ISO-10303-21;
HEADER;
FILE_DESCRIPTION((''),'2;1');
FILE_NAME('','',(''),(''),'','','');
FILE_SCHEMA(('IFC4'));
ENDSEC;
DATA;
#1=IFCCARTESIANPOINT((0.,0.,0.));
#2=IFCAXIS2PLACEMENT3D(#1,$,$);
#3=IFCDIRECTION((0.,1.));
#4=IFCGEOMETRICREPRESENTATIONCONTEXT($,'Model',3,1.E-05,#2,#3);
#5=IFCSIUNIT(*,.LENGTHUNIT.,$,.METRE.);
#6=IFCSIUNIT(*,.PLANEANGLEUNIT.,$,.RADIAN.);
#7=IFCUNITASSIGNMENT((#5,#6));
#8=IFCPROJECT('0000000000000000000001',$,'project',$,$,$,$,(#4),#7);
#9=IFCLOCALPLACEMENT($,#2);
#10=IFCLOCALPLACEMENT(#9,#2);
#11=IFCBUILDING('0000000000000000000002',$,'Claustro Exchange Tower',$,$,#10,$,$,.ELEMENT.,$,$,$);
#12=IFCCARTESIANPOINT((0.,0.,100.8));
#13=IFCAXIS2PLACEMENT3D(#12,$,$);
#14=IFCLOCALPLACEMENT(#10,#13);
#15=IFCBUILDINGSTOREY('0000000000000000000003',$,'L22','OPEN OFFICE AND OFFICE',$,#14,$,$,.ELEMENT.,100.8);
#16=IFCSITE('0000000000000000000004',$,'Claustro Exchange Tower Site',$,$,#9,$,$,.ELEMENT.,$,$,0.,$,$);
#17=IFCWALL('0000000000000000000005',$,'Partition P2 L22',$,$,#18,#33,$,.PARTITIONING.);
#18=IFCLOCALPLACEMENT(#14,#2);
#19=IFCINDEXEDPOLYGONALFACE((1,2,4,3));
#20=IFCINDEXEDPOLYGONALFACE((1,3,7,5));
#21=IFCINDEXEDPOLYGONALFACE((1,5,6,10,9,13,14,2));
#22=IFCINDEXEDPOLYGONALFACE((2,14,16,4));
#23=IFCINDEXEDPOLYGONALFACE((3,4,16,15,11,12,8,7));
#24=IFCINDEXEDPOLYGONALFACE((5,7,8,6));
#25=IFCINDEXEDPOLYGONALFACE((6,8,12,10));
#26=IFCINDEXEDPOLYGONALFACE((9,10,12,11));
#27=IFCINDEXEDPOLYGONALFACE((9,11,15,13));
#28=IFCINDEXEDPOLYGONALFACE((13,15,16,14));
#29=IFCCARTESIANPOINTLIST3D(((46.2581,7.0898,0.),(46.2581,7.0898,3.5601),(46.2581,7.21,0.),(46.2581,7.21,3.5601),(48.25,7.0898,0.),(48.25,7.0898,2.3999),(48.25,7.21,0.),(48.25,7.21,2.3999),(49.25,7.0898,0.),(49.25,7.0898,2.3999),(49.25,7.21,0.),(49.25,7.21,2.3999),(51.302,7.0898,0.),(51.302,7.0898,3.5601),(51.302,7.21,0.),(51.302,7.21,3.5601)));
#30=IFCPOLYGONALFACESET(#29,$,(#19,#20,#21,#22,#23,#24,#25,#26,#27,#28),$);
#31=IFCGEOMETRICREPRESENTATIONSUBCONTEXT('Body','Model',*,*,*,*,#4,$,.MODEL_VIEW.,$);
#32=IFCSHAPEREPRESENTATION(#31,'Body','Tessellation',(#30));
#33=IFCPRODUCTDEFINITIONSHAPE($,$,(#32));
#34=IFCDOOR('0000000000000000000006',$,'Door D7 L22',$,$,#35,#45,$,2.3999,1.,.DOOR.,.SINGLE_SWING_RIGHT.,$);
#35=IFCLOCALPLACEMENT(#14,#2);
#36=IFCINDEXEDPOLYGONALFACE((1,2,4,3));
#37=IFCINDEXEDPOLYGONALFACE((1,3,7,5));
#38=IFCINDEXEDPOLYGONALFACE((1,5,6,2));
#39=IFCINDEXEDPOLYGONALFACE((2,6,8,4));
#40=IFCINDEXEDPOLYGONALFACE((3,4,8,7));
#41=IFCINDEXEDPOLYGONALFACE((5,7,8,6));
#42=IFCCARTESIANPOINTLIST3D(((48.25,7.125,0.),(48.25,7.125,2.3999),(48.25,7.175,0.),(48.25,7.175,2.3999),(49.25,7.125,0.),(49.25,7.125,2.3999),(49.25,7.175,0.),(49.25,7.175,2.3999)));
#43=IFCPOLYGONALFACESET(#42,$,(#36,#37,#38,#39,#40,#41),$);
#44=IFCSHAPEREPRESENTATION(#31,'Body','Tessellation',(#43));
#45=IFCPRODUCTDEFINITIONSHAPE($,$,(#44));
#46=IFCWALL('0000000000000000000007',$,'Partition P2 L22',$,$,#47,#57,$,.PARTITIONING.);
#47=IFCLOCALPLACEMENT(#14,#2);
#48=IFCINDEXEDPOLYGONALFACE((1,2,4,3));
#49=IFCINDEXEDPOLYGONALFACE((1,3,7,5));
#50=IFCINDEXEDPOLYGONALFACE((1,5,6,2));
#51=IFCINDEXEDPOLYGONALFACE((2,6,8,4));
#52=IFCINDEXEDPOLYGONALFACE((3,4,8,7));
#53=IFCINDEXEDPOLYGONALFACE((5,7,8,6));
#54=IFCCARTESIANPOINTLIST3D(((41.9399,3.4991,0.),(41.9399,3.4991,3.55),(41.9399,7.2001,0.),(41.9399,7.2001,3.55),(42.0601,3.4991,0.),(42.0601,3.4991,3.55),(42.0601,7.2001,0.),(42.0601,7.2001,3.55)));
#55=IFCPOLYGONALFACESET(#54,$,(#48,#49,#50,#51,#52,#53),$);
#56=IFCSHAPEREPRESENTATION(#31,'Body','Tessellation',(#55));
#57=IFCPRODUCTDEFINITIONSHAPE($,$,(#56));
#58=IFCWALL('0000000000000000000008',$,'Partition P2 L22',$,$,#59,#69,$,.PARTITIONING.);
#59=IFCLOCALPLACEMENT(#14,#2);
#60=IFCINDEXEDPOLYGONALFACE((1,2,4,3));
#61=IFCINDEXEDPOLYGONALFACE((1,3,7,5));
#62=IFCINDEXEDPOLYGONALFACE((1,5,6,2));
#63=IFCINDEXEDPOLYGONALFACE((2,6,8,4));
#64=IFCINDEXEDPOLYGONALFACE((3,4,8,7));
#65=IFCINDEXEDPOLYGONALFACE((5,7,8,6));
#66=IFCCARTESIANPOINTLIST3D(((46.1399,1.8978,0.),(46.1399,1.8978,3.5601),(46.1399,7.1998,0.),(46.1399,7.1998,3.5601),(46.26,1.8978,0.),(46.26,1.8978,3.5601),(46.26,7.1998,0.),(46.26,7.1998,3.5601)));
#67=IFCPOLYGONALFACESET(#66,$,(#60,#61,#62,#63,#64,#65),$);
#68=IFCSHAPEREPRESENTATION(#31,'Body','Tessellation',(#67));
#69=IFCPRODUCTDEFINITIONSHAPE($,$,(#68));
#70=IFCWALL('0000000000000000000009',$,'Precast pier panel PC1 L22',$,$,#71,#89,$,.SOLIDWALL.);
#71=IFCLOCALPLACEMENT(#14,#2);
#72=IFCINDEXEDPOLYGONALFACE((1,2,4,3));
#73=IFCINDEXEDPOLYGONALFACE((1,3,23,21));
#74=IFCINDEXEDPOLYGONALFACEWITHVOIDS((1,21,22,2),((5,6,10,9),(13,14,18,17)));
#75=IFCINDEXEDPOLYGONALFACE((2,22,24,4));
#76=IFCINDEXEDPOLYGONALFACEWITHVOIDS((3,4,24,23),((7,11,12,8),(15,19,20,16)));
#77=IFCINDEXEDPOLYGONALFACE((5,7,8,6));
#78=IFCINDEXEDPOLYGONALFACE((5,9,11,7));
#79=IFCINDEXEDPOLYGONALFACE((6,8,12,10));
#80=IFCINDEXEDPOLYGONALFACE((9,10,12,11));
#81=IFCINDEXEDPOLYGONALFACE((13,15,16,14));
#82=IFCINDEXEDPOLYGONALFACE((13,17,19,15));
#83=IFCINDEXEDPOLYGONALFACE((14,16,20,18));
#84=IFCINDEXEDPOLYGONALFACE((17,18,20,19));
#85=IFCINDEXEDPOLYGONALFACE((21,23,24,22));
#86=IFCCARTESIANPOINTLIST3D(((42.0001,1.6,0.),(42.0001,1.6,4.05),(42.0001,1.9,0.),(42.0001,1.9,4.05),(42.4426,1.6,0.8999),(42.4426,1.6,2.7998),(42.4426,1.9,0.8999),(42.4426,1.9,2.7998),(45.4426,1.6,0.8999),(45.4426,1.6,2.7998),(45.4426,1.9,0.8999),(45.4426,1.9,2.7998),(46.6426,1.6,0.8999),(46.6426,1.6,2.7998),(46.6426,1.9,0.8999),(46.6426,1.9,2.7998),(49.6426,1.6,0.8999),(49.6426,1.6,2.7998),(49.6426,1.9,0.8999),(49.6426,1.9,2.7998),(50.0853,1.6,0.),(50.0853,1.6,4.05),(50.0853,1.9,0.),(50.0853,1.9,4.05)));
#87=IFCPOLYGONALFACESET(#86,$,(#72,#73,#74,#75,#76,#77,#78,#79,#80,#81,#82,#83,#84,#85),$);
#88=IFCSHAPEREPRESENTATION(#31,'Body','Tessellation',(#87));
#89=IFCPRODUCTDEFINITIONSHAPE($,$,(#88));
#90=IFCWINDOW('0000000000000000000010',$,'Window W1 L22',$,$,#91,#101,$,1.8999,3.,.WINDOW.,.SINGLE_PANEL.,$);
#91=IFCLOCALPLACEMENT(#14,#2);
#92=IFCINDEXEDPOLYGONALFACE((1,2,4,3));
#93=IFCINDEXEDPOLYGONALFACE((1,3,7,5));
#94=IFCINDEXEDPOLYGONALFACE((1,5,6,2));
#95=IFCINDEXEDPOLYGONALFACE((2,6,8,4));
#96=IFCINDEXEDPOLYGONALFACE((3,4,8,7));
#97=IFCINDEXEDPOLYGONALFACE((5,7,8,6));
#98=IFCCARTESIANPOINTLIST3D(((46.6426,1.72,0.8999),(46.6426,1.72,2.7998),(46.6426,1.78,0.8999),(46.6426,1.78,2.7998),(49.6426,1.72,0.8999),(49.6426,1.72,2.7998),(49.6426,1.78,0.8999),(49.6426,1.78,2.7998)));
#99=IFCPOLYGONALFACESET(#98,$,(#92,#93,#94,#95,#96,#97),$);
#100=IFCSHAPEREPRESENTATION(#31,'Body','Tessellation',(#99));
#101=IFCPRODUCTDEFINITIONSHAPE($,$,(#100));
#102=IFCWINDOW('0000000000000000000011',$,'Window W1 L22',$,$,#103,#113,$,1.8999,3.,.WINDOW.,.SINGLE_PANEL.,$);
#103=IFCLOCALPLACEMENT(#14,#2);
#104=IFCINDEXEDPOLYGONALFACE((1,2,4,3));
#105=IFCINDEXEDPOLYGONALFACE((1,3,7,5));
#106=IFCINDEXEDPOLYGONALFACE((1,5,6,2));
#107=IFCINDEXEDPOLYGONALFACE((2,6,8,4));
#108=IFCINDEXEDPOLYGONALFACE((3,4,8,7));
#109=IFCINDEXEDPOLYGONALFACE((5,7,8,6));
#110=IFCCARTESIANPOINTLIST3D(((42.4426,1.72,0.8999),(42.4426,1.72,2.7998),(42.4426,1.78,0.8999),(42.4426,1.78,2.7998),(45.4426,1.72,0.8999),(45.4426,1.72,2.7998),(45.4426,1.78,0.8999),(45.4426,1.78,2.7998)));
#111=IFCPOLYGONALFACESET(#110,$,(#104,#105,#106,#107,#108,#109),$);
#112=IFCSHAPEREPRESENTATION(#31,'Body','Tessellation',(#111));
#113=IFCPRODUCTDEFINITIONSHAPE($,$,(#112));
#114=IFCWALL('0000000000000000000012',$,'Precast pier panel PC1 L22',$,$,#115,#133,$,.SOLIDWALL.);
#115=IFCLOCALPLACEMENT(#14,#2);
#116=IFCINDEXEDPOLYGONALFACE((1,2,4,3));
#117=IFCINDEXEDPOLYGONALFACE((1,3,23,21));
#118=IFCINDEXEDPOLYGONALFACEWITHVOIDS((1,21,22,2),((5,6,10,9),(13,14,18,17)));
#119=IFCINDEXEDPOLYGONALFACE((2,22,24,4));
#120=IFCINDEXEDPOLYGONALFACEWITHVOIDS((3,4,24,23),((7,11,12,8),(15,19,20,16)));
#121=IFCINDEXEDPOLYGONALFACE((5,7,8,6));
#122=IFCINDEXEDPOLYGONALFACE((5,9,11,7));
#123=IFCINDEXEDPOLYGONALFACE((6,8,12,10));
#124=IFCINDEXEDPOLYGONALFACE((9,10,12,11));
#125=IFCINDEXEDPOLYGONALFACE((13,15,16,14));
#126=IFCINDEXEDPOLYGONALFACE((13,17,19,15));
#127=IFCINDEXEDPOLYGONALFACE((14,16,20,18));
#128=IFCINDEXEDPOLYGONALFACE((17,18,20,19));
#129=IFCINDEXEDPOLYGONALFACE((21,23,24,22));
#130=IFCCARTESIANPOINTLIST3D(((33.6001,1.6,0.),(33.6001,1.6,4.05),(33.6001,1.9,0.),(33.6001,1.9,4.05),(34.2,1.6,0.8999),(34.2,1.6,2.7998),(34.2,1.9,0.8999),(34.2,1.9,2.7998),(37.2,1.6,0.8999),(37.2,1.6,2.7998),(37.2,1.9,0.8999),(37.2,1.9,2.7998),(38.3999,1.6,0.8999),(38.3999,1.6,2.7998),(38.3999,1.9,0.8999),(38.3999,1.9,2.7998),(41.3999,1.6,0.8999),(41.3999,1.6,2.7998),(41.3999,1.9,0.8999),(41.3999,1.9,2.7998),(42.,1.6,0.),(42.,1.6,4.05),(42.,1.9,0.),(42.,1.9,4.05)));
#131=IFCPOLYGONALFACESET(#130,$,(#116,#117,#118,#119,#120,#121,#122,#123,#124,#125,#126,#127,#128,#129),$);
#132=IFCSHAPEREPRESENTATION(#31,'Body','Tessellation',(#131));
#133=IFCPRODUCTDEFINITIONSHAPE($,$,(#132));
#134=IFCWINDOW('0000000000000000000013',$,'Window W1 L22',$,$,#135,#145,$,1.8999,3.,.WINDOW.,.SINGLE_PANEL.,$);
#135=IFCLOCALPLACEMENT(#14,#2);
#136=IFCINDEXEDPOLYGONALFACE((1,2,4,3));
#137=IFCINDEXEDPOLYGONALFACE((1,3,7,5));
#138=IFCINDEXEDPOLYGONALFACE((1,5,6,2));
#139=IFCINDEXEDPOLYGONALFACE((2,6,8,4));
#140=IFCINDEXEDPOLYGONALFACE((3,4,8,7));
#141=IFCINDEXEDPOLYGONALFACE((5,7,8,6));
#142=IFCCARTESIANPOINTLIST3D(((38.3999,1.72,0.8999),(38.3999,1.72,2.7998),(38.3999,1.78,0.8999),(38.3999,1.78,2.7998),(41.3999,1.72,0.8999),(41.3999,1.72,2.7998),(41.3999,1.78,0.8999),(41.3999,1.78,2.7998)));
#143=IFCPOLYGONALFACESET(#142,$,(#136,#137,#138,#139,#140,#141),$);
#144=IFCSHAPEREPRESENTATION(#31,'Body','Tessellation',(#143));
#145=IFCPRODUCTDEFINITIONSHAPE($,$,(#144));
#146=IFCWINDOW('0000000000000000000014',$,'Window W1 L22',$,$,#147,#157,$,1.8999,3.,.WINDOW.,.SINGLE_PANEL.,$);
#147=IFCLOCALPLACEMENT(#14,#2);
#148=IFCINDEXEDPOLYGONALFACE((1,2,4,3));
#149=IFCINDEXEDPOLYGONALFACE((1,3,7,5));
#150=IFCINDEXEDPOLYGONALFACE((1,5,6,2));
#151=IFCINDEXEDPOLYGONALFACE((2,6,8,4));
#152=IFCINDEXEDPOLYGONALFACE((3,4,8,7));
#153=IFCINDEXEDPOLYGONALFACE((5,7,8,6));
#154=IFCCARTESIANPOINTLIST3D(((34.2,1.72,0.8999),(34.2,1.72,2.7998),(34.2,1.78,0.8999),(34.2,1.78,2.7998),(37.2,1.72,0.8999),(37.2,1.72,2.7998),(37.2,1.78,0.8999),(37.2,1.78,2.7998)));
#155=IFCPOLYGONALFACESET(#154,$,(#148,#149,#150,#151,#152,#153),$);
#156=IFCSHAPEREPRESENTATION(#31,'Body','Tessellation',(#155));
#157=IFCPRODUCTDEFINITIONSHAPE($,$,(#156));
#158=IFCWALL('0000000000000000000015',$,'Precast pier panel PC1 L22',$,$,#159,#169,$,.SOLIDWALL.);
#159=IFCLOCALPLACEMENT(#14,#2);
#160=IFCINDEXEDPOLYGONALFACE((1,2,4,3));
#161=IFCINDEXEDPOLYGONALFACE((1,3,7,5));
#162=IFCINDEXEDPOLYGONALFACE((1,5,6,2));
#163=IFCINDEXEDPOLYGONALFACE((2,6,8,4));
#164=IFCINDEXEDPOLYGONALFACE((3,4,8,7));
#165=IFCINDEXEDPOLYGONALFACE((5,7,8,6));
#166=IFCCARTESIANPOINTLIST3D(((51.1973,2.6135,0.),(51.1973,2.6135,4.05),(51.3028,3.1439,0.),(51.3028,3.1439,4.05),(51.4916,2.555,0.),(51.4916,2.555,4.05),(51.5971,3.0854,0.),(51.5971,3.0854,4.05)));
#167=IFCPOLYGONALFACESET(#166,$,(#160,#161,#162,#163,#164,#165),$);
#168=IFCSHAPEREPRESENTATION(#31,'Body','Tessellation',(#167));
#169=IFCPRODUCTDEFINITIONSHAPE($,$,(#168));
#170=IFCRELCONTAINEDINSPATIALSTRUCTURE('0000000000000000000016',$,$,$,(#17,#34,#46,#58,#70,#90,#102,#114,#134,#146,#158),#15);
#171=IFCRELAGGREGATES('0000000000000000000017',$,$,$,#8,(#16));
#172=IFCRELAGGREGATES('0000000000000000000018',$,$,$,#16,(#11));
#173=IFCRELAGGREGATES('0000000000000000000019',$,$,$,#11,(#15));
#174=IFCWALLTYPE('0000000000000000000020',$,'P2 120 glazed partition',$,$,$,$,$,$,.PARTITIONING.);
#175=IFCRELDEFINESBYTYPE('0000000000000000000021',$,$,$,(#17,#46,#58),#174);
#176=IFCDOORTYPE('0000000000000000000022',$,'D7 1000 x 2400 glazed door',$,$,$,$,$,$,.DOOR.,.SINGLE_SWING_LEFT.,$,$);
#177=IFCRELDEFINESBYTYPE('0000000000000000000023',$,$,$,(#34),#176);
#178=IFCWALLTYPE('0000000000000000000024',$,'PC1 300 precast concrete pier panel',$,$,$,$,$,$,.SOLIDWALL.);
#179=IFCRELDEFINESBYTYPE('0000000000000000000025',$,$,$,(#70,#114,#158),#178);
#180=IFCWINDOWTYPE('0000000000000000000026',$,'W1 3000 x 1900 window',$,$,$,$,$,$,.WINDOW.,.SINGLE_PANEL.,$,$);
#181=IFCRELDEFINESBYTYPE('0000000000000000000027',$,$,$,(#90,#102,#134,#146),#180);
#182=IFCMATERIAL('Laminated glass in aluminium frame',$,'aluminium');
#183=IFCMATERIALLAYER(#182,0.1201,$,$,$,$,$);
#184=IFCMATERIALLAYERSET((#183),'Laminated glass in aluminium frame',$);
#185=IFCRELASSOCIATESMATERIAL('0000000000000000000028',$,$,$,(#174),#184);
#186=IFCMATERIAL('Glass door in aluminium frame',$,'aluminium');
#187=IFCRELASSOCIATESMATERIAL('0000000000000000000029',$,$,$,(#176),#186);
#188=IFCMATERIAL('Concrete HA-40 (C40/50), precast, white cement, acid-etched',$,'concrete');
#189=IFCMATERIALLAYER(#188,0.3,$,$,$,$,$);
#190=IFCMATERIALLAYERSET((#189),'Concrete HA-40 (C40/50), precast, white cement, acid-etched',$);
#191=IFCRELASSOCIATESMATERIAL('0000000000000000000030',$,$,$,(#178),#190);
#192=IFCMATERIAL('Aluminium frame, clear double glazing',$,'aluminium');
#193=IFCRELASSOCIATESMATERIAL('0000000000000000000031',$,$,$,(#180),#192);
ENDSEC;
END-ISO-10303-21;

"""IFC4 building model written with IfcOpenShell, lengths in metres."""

from ifc_helpers import new_model, si_unit, direction, frame, frame_2d, origin, place, context, subcontext, project, spatial, rectangle, extrude, material, layer, layer_set, type_object, element, fill, save


model = new_model("IFC4")

# Units and contexts
model_context = context("Model", 3, precision=1e-05, world=origin(), true_north=direction((0.0, 1.0)))
body_context = subcontext(model_context, "Body", "Model", "MODEL_VIEW")
ifc_project = project(units=[si_unit("LENGTHUNIT", "METRE"), si_unit("PLANEANGLEUNIT", "RADIAN")], contexts=[model_context])

# Site, building, storey
site_placement = place(None, origin())
site = spatial("IfcSite", under=ifc_project, at=site_placement, Name="Claustro Exchange Tower Site", CompositionType="ELEMENT", RefElevation=0.0)
building_placement = place(site_placement, origin())
building = spatial("IfcBuilding", under=site, at=building_placement, Name="Claustro Exchange Tower", CompositionType="ELEMENT")
storey_placement = place(building_placement, frame((0.0, 0.0, 100.8)))
storey = spatial("IfcBuildingStorey", under=building, at=storey_placement, Name="L22", Description="OPEN OFFICE AND OFFICE", CompositionType="ELEMENT", Elevation=100.8)

# Wall, opening, door
ifc_material_1 = material(Name="Laminated glass in aluminium frame", Category="aluminium")
ifc_layer_1 = layer(ifc_material_1, 0.1201)
ifc_layer_set_1 = layer_set([ifc_layer_1], Name="Laminated glass in aluminium frame")
wall_type_1 = type_object("IfcWallType", Name="P2 120 glazed partition", PredefinedType="PARTITIONING", material=ifc_layer_set_1)
ifc_material_2 = material(Name="Glass door in aluminium frame", Category="aluminium")
door_type = type_object("IfcDoorType", Name="D7 1000 x 2400 glazed door", OperationType="SINGLE_SWING_LEFT", PredefinedType="DOOR", material=ifc_material_2)
wall_1_placement = place(storey_placement, frame((46.2581, 7.1499, 0.0), z_axis=(0.0, 0.0, 1.0), x_axis=(1.0, 0.0, 0.0)))
wall_1 = element("IfcWall", 1, at=wall_1_placement, inside=storey, type_object=wall_type_1, Name="Partition P2 L22", PredefinedType="PARTITIONING", context=body_context, shape_type="SweptSolid", body=[
    extrude(rectangle(XDim=5.0439, YDim=0.1201, at=frame_2d((2.522, 0.0))), origin(), (0.0, 0.0, 1.0), 3.5601),
])
opening_1_placement = place(wall_1_placement, frame((1.9919, 0.0, 0.0)))
opening_1 = element("IfcOpeningElement", 2, at=opening_1_placement, cuts=wall_1, PredefinedType="OPENING", context=body_context, shape_type="SweptSolid", body=[
    extrude(rectangle(XDim=1.0, YDim=2.3999, at=frame_2d((0.5, 1.2))), frame((0.0, 0.0701, 0.0), z_axis=(0.0, -1.0, 0.0), x_axis=(1.0, 0.0, 0.0)), (0.0, 0.0, 1.0), 0.1401),
])
door_1_placement = place(opening_1_placement, frame((1.0, 0.0, 0.0), z_axis=(0.0, 0.0, 1.0), x_axis=(-1.0, 0.0, 0.0)))
door_1 = element("IfcDoor", 3, at=door_1_placement, inside=storey, type_object=door_type, Name="Door D7 L22", OperationType="SINGLE_SWING_RIGHT", OverallHeight=2.3999, OverallWidth=1.0, PredefinedType="DOOR", context=body_context, shape_type="SweptSolid", body=[
    extrude(rectangle(XDim=1.0, YDim=2.3999, at=frame_2d((0.5, 1.2))), frame((0.0, 0.0249, 0.0), z_axis=(0.0, -1.0, 0.0), x_axis=(1.0, 0.0, 0.0)), (0.0, 0.0, 1.0), 0.05),
])
fill(opening_1, door_1)

# Walls
wall_2_placement = place(storey_placement, frame((42.0, 3.499, 0.0), z_axis=(0.0, 0.0, 1.0), x_axis=(0.0, 1.0, 0.0)))
element("IfcWall", 4, at=wall_2_placement, inside=storey, type_object=wall_type_1, Name="Partition P2 L22", PredefinedType="PARTITIONING", context=body_context, shape_type="SweptSolid", body=[
    extrude(rectangle(XDim=3.7009, YDim=0.1201, at=frame_2d((1.8506, 0.0))), origin(), (0.0, 0.0, 1.0), 3.55),
])
wall_3_placement = place(storey_placement, frame((46.2, 1.8979, 0.0), z_axis=(0.0, 0.0, 1.0), x_axis=(0.0, 1.0, 0.0)))
element("IfcWall", 5, at=wall_3_placement, inside=storey, type_object=wall_type_1, Name="Partition P2 L22", PredefinedType="PARTITIONING", context=body_context, shape_type="SweptSolid", body=[
    extrude(rectangle(XDim=5.302, YDim=0.1201, at=frame_2d((2.6509, 0.0))), origin(), (0.0, 0.0, 1.0), 3.5601),
])

# Walls, openings, windows
ifc_material_3 = material(Name="Concrete HA-40 (C40/50), precast, white cement, acid-etched", Category="concrete")
ifc_layer_2 = layer(ifc_material_3, 0.3)
ifc_layer_set_2 = layer_set([ifc_layer_2], Name="Concrete HA-40 (C40/50), precast, white cement, acid-etched")
wall_type_2 = type_object("IfcWallType", Name="PC1 300 precast concrete pier panel", PredefinedType="SOLIDWALL", material=ifc_layer_set_2)
wall_4_placement = place(storey_placement, frame((50.0852, 1.75, 0.0), z_axis=(0.0, 0.0, 1.0), x_axis=(-1.0, 0.0, 0.0)))
wall_4 = element("IfcWall", 6, at=wall_4_placement, inside=storey, type_object=wall_type_2, Name="Precast pier panel PC1 L22", PredefinedType="SOLIDWALL", context=body_context, shape_type="SweptSolid", body=[
    extrude(rectangle(XDim=8.0852, YDim=0.3, at=frame_2d((4.0425, 0.0))), origin(), (0.0, 0.0, 1.0), 4.05),
])
opening_2_placement = place(wall_4_placement, frame((0.4426, 0.0, 0.8999)))
opening_2 = element("IfcOpeningElement", 7, at=opening_2_placement, cuts=wall_4, PredefinedType="OPENING", context=body_context, shape_type="SweptSolid", body=[
    extrude(rectangle(XDim=3.0, YDim=1.8999, at=frame_2d((1.5, 0.95))), frame((0.0, 0.1599, 0.0), z_axis=(0.0, -1.0, 0.0), x_axis=(1.0, 0.0, 0.0)), (0.0, 0.0, 1.0), 0.3201),
])
opening_3_placement = place(wall_4_placement, frame((4.6426, 0.0, 0.8999)))
opening_3 = element("IfcOpeningElement", 8, at=opening_3_placement, cuts=wall_4, PredefinedType="OPENING", context=body_context, shape_type="SweptSolid", body=[
    extrude(rectangle(XDim=3.0, YDim=1.8999, at=frame_2d((1.5, 0.95))), frame((0.0, 0.1599, 0.0), z_axis=(0.0, -1.0, 0.0), x_axis=(1.0, 0.0, 0.0)), (0.0, 0.0, 1.0), 0.3201),
])
ifc_material_4 = material(Name="Aluminium frame, clear double glazing", Category="aluminium")
window_type = type_object("IfcWindowType", Name="W1 3000 x 1900 window", PartitioningType="SINGLE_PANEL", PredefinedType="WINDOW", material=ifc_material_4)
window_1_placement = place(opening_2_placement, origin())
window_1 = element("IfcWindow", 9, at=window_1_placement, inside=storey, type_object=window_type, Name="Window W1 L22", OverallHeight=1.8999, OverallWidth=3.0, PartitioningType="SINGLE_PANEL", PredefinedType="WINDOW", context=body_context, shape_type="SweptSolid", body=[
    extrude(rectangle(XDim=3.0, YDim=1.8999, at=frame_2d((1.5, 0.95))), frame((0.0, 0.03, 0.0), z_axis=(0.0, -1.0, 0.0), x_axis=(1.0, 0.0, 0.0)), (0.0, 0.0, 1.0), 0.0601),
])
fill(opening_2, window_1)
window_2_placement = place(opening_3_placement, origin())
window_2 = element("IfcWindow", 10, at=window_2_placement, inside=storey, type_object=window_type, Name="Window W1 L22", OverallHeight=1.8999, OverallWidth=3.0, PartitioningType="SINGLE_PANEL", PredefinedType="WINDOW", context=body_context, shape_type="SweptSolid", body=[
    extrude(rectangle(XDim=3.0, YDim=1.8999, at=frame_2d((1.5, 0.95))), frame((0.0, 0.03, 0.0), z_axis=(0.0, -1.0, 0.0), x_axis=(1.0, 0.0, 0.0)), (0.0, 0.0, 1.0), 0.0601),
])
fill(opening_3, window_2)
wall_5_placement = place(storey_placement, frame((42.0, 1.75, 0.0), z_axis=(0.0, 0.0, 1.0), x_axis=(-1.0, 0.0, 0.0)))
wall_5 = element("IfcWall", 11, at=wall_5_placement, inside=storey, type_object=wall_type_2, Name="Precast pier panel PC1 L22", PredefinedType="SOLIDWALL", context=body_context, shape_type="SweptSolid", body=[
    extrude(rectangle(XDim=8.3999, YDim=0.3, at=frame_2d((4.2, 0.0))), origin(), (0.0, 0.0, 1.0), 4.05),
])
opening_4_placement = place(wall_5_placement, frame((0.6001, 0.0, 0.8999)))
opening_4 = element("IfcOpeningElement", 12, at=opening_4_placement, cuts=wall_5, PredefinedType="OPENING", context=body_context, shape_type="SweptSolid", body=[
    extrude(rectangle(XDim=3.0, YDim=1.8999, at=frame_2d((1.5, 0.95))), frame((0.0, 0.1599, 0.0), z_axis=(0.0, -1.0, 0.0), x_axis=(1.0, 0.0, 0.0)), (0.0, 0.0, 1.0), 0.3201),
])
opening_5_placement = place(wall_5_placement, frame((4.8, 0.0, 0.8999)))
opening_5 = element("IfcOpeningElement", 13, at=opening_5_placement, cuts=wall_5, PredefinedType="OPENING", context=body_context, shape_type="SweptSolid", body=[
    extrude(rectangle(XDim=3.0, YDim=1.8999, at=frame_2d((1.5, 0.95))), frame((0.0, 0.1599, 0.0), z_axis=(0.0, -1.0, 0.0), x_axis=(1.0, 0.0, 0.0)), (0.0, 0.0, 1.0), 0.3201),
])
window_3_placement = place(opening_4_placement, origin())
window_3 = element("IfcWindow", 14, at=window_3_placement, inside=storey, type_object=window_type, Name="Window W1 L22", OverallHeight=1.8999, OverallWidth=3.0, PartitioningType="SINGLE_PANEL", PredefinedType="WINDOW", context=body_context, shape_type="SweptSolid", body=[
    extrude(rectangle(XDim=3.0, YDim=1.8999, at=frame_2d((1.5, 0.95))), frame((0.0, 0.03, 0.0), z_axis=(0.0, -1.0, 0.0), x_axis=(1.0, 0.0, 0.0)), (0.0, 0.0, 1.0), 0.0601),
])
fill(opening_4, window_3)
window_4_placement = place(opening_5_placement, origin())
window_4 = element("IfcWindow", 15, at=window_4_placement, inside=storey, type_object=window_type, Name="Window W1 L22", OverallHeight=1.8999, OverallWidth=3.0, PartitioningType="SINGLE_PANEL", PredefinedType="WINDOW", context=body_context, shape_type="SweptSolid", body=[
    extrude(rectangle(XDim=3.0, YDim=1.8999, at=frame_2d((1.5, 0.95))), frame((0.0, 0.03, 0.0), z_axis=(0.0, -1.0, 0.0), x_axis=(1.0, 0.0, 0.0)), (0.0, 0.0, 1.0), 0.0601),
])
fill(opening_5, window_4)

# Wall
wall_6_placement = place(storey_placement, frame((51.45, 3.1147, 0.0), z_axis=(0.0, 0.0, 1.0), x_axis=(-0.195074, -0.980789, 0.0)))
element("IfcWall", 16, at=wall_6_placement, inside=storey, type_object=wall_type_2, Name="Precast pier panel PC1 L22", PredefinedType="SOLIDWALL", context=body_context, shape_type="SweptSolid", body=[
    extrude(rectangle(XDim=0.5408, YDim=0.3, at=frame_2d((0.2705, 0.0))), origin(), (0.0, 0.0, 1.0), 4.05),
])

save(model, "model.ifc")
